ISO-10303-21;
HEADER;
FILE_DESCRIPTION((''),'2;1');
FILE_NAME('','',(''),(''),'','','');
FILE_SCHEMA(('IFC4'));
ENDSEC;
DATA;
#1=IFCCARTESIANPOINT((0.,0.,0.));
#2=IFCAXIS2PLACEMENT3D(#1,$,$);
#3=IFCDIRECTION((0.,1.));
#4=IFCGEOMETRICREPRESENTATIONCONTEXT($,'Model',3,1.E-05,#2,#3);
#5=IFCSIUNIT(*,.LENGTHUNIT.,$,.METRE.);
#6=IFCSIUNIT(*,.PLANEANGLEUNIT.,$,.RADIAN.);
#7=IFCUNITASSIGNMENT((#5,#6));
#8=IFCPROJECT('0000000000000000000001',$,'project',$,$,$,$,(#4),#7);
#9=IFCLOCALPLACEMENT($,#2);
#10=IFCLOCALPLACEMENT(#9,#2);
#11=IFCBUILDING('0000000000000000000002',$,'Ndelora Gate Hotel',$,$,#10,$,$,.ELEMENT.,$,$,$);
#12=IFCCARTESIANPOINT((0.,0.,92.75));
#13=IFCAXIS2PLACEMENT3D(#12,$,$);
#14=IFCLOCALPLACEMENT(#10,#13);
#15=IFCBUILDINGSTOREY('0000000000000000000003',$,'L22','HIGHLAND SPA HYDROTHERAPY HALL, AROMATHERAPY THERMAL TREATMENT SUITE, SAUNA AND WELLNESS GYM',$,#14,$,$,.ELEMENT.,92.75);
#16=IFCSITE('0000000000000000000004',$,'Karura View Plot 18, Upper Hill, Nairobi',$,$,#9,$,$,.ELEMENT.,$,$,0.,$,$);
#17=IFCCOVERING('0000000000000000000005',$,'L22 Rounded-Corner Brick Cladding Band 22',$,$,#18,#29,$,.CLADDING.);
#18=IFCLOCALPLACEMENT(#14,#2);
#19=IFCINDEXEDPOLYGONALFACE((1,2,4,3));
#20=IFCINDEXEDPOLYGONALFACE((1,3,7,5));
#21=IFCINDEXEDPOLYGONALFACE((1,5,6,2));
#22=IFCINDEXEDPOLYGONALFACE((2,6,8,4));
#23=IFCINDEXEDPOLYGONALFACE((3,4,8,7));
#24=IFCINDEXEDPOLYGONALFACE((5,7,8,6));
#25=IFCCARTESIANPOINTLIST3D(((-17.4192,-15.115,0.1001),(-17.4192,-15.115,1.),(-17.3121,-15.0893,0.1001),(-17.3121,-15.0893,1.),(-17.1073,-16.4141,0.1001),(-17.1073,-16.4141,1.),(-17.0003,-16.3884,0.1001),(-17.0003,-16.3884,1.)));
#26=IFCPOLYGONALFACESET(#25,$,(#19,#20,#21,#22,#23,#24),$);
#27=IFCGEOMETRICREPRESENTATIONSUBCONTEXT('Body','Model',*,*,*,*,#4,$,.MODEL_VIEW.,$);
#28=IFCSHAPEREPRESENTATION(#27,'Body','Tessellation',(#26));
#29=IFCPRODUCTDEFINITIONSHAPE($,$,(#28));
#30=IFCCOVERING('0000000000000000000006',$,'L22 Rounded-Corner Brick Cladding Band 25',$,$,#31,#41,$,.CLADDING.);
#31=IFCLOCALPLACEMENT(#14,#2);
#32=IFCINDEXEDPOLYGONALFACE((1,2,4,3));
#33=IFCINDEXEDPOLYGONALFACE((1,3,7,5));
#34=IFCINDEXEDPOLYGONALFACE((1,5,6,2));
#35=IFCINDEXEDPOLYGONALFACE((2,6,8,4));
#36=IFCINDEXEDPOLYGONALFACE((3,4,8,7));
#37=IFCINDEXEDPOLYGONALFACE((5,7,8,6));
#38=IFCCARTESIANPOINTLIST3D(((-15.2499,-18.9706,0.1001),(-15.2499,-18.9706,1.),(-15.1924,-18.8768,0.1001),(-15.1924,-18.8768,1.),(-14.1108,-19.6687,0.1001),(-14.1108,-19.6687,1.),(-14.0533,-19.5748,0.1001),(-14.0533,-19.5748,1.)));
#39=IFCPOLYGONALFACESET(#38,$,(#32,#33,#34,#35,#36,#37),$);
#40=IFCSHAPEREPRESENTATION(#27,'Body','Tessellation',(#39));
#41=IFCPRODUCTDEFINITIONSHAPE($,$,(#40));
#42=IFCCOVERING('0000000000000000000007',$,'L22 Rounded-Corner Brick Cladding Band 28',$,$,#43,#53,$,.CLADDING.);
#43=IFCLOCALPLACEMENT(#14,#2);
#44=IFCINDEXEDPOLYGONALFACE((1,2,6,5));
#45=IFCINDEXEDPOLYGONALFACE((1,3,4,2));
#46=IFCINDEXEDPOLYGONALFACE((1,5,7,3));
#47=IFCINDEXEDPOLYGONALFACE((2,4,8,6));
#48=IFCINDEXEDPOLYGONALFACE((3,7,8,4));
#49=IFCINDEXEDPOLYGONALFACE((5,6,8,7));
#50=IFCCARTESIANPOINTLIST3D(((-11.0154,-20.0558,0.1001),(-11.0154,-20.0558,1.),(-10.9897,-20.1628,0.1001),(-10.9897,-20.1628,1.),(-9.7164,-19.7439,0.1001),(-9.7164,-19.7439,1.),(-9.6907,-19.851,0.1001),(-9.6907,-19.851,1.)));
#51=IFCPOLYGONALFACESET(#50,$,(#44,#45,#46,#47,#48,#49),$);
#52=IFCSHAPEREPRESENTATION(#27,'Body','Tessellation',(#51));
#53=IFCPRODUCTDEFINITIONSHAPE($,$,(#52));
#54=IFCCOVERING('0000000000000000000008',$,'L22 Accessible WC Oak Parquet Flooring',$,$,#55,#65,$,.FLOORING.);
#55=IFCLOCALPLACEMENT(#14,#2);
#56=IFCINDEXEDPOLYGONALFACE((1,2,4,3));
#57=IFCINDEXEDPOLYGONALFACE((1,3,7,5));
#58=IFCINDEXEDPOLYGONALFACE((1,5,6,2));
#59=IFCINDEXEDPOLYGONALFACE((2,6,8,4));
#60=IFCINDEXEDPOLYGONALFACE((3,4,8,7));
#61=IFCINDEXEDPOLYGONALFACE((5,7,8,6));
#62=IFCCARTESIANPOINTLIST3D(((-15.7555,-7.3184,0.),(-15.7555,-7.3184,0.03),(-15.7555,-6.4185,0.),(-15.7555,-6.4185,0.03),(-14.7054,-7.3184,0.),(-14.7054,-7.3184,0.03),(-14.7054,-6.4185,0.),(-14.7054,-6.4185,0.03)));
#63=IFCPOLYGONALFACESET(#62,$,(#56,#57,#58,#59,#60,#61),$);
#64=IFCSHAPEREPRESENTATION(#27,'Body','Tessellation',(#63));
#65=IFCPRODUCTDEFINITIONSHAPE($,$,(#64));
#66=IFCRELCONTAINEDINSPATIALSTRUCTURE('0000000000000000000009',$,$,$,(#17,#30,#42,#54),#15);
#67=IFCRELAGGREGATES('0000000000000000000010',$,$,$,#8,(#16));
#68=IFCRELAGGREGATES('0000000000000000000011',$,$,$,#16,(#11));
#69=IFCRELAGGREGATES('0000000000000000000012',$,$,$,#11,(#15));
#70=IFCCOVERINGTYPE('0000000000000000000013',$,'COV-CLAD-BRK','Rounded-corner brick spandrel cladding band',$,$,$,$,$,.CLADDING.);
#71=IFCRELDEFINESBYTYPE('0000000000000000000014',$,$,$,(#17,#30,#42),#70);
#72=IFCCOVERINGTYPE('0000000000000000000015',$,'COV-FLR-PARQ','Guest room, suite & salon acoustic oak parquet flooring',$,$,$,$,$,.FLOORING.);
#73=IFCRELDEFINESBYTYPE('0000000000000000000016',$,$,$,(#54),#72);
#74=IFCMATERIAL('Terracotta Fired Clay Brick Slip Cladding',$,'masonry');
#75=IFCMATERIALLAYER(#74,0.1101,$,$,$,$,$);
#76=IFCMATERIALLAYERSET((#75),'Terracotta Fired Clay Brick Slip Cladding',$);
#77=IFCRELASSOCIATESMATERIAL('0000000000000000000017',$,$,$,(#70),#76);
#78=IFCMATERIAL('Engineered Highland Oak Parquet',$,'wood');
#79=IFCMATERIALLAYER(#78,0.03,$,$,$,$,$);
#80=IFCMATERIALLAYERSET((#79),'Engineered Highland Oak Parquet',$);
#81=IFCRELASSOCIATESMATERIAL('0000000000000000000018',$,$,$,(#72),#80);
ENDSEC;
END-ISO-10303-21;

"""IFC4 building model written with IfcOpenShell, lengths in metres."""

from ifc_helpers import new_model, si_unit, direction, frame, origin, origin_2d, place, context, subcontext, project, spatial, rectangle, extrude, material, layer, layer_set, type_object, element, save


model = new_model("IFC4")

# Units and contexts
model_context = context("Model", 3, precision=1e-05, world=origin(), true_north=direction((0.0, 1.0)))
body_context = subcontext(model_context, "Body", "Model", "MODEL_VIEW")
ifc_project = project(units=[si_unit("LENGTHUNIT", "METRE"), si_unit("PLANEANGLEUNIT", "RADIAN")], contexts=[model_context])

# Site, building, storey
site_placement = place(None, origin())
site = spatial("IfcSite", under=ifc_project, at=site_placement, Name="Karura View Plot 18, Upper Hill, Nairobi", CompositionType="ELEMENT", RefElevation=0.0)
building_placement = place(site_placement, origin())
building = spatial("IfcBuilding", under=site, at=building_placement, Name="Ndelora Gate Hotel", CompositionType="ELEMENT")
storey_placement = place(building_placement, frame((0.0, 0.0, 92.75)))
storey = spatial("IfcBuildingStorey", under=building, at=storey_placement, Name="L22", Description="HIGHLAND SPA HYDROTHERAPY HALL, AROMATHERAPY THERMAL TREATMENT SUITE, SAUNA AND WELLNESS GYM", CompositionType="ELEMENT", Elevation=92.75)

# Coverings
ifc_material_1 = material(Name="Terracotta Fired Clay Brick Slip Cladding", Category="masonry")
ifc_layer_1 = layer(ifc_material_1, 0.1101)
ifc_layer_set_1 = layer_set([ifc_layer_1], Name="Terracotta Fired Clay Brick Slip Cladding")
covering_type_1 = type_object("IfcCoveringType", Name="COV-CLAD-BRK", Description="Rounded-corner brick spandrel cladding band", PredefinedType="CLADDING", material=ifc_layer_set_1)
for number, where, z_axis, x_axis, name in (
    (1, (-17.2097, -15.7517, 0.1001), (0.0, 0.0, 1.0), (-0.233445, 0.97237, 0.0), "L22 Rounded-Corner Brick Cladding Band 22"),
    (2, (-14.6516, -19.2727, 0.1001), (0.0, 0.0, 1.0), (-0.85264, 0.522499, 0.0), "L22 Rounded-Corner Brick Cladding Band 25"),
    (3, (-10.353, -19.9534, 0.1001), (0.0, 0.0, 1.0), (0.97237, 0.233445, 0.0), "L22 Rounded-Corner Brick Cladding Band 28"),
):
    element("IfcCovering", number, at=place(storey_placement, frame(where, z_axis=z_axis, x_axis=x_axis)), inside=storey, type_object=covering_type_1, Name=name, PredefinedType="CLADDING", context=body_context, shape_type="SweptSolid", body=[
        extrude(rectangle(XDim=1.3359, YDim=0.1101, at=origin_2d()), origin(), (0.0, 0.0, 1.0), 0.8999),
    ])
ifc_material_2 = material(Name="Engineered Highland Oak Parquet", Category="wood")
ifc_layer_2 = layer(ifc_material_2, 0.03)
ifc_layer_set_2 = layer_set([ifc_layer_2], Name="Engineered Highland Oak Parquet")
covering_type_2 = type_object("IfcCoveringType", Name="COV-FLR-PARQ", Description="Guest room, suite & salon acoustic oak parquet flooring", PredefinedType="FLOORING", material=ifc_layer_set_2)
covering_1_placement = place(storey_placement, frame((-15.2305, -6.8684, 0.0), z_axis=(0.0, 0.0, 1.0), x_axis=(1.0, 0.0, 0.0)))
element("IfcCovering", 4, at=covering_1_placement, inside=storey, type_object=covering_type_2, Name="L22 Accessible WC Oak Parquet Flooring", PredefinedType="FLOORING", context=body_context, shape_type="SweptSolid", body=[
    extrude(rectangle(XDim=1.05, YDim=0.8999, at=origin_2d()), origin(), (0.0, 0.0, 1.0), 0.03),
])

save(model, "model.ifc")
